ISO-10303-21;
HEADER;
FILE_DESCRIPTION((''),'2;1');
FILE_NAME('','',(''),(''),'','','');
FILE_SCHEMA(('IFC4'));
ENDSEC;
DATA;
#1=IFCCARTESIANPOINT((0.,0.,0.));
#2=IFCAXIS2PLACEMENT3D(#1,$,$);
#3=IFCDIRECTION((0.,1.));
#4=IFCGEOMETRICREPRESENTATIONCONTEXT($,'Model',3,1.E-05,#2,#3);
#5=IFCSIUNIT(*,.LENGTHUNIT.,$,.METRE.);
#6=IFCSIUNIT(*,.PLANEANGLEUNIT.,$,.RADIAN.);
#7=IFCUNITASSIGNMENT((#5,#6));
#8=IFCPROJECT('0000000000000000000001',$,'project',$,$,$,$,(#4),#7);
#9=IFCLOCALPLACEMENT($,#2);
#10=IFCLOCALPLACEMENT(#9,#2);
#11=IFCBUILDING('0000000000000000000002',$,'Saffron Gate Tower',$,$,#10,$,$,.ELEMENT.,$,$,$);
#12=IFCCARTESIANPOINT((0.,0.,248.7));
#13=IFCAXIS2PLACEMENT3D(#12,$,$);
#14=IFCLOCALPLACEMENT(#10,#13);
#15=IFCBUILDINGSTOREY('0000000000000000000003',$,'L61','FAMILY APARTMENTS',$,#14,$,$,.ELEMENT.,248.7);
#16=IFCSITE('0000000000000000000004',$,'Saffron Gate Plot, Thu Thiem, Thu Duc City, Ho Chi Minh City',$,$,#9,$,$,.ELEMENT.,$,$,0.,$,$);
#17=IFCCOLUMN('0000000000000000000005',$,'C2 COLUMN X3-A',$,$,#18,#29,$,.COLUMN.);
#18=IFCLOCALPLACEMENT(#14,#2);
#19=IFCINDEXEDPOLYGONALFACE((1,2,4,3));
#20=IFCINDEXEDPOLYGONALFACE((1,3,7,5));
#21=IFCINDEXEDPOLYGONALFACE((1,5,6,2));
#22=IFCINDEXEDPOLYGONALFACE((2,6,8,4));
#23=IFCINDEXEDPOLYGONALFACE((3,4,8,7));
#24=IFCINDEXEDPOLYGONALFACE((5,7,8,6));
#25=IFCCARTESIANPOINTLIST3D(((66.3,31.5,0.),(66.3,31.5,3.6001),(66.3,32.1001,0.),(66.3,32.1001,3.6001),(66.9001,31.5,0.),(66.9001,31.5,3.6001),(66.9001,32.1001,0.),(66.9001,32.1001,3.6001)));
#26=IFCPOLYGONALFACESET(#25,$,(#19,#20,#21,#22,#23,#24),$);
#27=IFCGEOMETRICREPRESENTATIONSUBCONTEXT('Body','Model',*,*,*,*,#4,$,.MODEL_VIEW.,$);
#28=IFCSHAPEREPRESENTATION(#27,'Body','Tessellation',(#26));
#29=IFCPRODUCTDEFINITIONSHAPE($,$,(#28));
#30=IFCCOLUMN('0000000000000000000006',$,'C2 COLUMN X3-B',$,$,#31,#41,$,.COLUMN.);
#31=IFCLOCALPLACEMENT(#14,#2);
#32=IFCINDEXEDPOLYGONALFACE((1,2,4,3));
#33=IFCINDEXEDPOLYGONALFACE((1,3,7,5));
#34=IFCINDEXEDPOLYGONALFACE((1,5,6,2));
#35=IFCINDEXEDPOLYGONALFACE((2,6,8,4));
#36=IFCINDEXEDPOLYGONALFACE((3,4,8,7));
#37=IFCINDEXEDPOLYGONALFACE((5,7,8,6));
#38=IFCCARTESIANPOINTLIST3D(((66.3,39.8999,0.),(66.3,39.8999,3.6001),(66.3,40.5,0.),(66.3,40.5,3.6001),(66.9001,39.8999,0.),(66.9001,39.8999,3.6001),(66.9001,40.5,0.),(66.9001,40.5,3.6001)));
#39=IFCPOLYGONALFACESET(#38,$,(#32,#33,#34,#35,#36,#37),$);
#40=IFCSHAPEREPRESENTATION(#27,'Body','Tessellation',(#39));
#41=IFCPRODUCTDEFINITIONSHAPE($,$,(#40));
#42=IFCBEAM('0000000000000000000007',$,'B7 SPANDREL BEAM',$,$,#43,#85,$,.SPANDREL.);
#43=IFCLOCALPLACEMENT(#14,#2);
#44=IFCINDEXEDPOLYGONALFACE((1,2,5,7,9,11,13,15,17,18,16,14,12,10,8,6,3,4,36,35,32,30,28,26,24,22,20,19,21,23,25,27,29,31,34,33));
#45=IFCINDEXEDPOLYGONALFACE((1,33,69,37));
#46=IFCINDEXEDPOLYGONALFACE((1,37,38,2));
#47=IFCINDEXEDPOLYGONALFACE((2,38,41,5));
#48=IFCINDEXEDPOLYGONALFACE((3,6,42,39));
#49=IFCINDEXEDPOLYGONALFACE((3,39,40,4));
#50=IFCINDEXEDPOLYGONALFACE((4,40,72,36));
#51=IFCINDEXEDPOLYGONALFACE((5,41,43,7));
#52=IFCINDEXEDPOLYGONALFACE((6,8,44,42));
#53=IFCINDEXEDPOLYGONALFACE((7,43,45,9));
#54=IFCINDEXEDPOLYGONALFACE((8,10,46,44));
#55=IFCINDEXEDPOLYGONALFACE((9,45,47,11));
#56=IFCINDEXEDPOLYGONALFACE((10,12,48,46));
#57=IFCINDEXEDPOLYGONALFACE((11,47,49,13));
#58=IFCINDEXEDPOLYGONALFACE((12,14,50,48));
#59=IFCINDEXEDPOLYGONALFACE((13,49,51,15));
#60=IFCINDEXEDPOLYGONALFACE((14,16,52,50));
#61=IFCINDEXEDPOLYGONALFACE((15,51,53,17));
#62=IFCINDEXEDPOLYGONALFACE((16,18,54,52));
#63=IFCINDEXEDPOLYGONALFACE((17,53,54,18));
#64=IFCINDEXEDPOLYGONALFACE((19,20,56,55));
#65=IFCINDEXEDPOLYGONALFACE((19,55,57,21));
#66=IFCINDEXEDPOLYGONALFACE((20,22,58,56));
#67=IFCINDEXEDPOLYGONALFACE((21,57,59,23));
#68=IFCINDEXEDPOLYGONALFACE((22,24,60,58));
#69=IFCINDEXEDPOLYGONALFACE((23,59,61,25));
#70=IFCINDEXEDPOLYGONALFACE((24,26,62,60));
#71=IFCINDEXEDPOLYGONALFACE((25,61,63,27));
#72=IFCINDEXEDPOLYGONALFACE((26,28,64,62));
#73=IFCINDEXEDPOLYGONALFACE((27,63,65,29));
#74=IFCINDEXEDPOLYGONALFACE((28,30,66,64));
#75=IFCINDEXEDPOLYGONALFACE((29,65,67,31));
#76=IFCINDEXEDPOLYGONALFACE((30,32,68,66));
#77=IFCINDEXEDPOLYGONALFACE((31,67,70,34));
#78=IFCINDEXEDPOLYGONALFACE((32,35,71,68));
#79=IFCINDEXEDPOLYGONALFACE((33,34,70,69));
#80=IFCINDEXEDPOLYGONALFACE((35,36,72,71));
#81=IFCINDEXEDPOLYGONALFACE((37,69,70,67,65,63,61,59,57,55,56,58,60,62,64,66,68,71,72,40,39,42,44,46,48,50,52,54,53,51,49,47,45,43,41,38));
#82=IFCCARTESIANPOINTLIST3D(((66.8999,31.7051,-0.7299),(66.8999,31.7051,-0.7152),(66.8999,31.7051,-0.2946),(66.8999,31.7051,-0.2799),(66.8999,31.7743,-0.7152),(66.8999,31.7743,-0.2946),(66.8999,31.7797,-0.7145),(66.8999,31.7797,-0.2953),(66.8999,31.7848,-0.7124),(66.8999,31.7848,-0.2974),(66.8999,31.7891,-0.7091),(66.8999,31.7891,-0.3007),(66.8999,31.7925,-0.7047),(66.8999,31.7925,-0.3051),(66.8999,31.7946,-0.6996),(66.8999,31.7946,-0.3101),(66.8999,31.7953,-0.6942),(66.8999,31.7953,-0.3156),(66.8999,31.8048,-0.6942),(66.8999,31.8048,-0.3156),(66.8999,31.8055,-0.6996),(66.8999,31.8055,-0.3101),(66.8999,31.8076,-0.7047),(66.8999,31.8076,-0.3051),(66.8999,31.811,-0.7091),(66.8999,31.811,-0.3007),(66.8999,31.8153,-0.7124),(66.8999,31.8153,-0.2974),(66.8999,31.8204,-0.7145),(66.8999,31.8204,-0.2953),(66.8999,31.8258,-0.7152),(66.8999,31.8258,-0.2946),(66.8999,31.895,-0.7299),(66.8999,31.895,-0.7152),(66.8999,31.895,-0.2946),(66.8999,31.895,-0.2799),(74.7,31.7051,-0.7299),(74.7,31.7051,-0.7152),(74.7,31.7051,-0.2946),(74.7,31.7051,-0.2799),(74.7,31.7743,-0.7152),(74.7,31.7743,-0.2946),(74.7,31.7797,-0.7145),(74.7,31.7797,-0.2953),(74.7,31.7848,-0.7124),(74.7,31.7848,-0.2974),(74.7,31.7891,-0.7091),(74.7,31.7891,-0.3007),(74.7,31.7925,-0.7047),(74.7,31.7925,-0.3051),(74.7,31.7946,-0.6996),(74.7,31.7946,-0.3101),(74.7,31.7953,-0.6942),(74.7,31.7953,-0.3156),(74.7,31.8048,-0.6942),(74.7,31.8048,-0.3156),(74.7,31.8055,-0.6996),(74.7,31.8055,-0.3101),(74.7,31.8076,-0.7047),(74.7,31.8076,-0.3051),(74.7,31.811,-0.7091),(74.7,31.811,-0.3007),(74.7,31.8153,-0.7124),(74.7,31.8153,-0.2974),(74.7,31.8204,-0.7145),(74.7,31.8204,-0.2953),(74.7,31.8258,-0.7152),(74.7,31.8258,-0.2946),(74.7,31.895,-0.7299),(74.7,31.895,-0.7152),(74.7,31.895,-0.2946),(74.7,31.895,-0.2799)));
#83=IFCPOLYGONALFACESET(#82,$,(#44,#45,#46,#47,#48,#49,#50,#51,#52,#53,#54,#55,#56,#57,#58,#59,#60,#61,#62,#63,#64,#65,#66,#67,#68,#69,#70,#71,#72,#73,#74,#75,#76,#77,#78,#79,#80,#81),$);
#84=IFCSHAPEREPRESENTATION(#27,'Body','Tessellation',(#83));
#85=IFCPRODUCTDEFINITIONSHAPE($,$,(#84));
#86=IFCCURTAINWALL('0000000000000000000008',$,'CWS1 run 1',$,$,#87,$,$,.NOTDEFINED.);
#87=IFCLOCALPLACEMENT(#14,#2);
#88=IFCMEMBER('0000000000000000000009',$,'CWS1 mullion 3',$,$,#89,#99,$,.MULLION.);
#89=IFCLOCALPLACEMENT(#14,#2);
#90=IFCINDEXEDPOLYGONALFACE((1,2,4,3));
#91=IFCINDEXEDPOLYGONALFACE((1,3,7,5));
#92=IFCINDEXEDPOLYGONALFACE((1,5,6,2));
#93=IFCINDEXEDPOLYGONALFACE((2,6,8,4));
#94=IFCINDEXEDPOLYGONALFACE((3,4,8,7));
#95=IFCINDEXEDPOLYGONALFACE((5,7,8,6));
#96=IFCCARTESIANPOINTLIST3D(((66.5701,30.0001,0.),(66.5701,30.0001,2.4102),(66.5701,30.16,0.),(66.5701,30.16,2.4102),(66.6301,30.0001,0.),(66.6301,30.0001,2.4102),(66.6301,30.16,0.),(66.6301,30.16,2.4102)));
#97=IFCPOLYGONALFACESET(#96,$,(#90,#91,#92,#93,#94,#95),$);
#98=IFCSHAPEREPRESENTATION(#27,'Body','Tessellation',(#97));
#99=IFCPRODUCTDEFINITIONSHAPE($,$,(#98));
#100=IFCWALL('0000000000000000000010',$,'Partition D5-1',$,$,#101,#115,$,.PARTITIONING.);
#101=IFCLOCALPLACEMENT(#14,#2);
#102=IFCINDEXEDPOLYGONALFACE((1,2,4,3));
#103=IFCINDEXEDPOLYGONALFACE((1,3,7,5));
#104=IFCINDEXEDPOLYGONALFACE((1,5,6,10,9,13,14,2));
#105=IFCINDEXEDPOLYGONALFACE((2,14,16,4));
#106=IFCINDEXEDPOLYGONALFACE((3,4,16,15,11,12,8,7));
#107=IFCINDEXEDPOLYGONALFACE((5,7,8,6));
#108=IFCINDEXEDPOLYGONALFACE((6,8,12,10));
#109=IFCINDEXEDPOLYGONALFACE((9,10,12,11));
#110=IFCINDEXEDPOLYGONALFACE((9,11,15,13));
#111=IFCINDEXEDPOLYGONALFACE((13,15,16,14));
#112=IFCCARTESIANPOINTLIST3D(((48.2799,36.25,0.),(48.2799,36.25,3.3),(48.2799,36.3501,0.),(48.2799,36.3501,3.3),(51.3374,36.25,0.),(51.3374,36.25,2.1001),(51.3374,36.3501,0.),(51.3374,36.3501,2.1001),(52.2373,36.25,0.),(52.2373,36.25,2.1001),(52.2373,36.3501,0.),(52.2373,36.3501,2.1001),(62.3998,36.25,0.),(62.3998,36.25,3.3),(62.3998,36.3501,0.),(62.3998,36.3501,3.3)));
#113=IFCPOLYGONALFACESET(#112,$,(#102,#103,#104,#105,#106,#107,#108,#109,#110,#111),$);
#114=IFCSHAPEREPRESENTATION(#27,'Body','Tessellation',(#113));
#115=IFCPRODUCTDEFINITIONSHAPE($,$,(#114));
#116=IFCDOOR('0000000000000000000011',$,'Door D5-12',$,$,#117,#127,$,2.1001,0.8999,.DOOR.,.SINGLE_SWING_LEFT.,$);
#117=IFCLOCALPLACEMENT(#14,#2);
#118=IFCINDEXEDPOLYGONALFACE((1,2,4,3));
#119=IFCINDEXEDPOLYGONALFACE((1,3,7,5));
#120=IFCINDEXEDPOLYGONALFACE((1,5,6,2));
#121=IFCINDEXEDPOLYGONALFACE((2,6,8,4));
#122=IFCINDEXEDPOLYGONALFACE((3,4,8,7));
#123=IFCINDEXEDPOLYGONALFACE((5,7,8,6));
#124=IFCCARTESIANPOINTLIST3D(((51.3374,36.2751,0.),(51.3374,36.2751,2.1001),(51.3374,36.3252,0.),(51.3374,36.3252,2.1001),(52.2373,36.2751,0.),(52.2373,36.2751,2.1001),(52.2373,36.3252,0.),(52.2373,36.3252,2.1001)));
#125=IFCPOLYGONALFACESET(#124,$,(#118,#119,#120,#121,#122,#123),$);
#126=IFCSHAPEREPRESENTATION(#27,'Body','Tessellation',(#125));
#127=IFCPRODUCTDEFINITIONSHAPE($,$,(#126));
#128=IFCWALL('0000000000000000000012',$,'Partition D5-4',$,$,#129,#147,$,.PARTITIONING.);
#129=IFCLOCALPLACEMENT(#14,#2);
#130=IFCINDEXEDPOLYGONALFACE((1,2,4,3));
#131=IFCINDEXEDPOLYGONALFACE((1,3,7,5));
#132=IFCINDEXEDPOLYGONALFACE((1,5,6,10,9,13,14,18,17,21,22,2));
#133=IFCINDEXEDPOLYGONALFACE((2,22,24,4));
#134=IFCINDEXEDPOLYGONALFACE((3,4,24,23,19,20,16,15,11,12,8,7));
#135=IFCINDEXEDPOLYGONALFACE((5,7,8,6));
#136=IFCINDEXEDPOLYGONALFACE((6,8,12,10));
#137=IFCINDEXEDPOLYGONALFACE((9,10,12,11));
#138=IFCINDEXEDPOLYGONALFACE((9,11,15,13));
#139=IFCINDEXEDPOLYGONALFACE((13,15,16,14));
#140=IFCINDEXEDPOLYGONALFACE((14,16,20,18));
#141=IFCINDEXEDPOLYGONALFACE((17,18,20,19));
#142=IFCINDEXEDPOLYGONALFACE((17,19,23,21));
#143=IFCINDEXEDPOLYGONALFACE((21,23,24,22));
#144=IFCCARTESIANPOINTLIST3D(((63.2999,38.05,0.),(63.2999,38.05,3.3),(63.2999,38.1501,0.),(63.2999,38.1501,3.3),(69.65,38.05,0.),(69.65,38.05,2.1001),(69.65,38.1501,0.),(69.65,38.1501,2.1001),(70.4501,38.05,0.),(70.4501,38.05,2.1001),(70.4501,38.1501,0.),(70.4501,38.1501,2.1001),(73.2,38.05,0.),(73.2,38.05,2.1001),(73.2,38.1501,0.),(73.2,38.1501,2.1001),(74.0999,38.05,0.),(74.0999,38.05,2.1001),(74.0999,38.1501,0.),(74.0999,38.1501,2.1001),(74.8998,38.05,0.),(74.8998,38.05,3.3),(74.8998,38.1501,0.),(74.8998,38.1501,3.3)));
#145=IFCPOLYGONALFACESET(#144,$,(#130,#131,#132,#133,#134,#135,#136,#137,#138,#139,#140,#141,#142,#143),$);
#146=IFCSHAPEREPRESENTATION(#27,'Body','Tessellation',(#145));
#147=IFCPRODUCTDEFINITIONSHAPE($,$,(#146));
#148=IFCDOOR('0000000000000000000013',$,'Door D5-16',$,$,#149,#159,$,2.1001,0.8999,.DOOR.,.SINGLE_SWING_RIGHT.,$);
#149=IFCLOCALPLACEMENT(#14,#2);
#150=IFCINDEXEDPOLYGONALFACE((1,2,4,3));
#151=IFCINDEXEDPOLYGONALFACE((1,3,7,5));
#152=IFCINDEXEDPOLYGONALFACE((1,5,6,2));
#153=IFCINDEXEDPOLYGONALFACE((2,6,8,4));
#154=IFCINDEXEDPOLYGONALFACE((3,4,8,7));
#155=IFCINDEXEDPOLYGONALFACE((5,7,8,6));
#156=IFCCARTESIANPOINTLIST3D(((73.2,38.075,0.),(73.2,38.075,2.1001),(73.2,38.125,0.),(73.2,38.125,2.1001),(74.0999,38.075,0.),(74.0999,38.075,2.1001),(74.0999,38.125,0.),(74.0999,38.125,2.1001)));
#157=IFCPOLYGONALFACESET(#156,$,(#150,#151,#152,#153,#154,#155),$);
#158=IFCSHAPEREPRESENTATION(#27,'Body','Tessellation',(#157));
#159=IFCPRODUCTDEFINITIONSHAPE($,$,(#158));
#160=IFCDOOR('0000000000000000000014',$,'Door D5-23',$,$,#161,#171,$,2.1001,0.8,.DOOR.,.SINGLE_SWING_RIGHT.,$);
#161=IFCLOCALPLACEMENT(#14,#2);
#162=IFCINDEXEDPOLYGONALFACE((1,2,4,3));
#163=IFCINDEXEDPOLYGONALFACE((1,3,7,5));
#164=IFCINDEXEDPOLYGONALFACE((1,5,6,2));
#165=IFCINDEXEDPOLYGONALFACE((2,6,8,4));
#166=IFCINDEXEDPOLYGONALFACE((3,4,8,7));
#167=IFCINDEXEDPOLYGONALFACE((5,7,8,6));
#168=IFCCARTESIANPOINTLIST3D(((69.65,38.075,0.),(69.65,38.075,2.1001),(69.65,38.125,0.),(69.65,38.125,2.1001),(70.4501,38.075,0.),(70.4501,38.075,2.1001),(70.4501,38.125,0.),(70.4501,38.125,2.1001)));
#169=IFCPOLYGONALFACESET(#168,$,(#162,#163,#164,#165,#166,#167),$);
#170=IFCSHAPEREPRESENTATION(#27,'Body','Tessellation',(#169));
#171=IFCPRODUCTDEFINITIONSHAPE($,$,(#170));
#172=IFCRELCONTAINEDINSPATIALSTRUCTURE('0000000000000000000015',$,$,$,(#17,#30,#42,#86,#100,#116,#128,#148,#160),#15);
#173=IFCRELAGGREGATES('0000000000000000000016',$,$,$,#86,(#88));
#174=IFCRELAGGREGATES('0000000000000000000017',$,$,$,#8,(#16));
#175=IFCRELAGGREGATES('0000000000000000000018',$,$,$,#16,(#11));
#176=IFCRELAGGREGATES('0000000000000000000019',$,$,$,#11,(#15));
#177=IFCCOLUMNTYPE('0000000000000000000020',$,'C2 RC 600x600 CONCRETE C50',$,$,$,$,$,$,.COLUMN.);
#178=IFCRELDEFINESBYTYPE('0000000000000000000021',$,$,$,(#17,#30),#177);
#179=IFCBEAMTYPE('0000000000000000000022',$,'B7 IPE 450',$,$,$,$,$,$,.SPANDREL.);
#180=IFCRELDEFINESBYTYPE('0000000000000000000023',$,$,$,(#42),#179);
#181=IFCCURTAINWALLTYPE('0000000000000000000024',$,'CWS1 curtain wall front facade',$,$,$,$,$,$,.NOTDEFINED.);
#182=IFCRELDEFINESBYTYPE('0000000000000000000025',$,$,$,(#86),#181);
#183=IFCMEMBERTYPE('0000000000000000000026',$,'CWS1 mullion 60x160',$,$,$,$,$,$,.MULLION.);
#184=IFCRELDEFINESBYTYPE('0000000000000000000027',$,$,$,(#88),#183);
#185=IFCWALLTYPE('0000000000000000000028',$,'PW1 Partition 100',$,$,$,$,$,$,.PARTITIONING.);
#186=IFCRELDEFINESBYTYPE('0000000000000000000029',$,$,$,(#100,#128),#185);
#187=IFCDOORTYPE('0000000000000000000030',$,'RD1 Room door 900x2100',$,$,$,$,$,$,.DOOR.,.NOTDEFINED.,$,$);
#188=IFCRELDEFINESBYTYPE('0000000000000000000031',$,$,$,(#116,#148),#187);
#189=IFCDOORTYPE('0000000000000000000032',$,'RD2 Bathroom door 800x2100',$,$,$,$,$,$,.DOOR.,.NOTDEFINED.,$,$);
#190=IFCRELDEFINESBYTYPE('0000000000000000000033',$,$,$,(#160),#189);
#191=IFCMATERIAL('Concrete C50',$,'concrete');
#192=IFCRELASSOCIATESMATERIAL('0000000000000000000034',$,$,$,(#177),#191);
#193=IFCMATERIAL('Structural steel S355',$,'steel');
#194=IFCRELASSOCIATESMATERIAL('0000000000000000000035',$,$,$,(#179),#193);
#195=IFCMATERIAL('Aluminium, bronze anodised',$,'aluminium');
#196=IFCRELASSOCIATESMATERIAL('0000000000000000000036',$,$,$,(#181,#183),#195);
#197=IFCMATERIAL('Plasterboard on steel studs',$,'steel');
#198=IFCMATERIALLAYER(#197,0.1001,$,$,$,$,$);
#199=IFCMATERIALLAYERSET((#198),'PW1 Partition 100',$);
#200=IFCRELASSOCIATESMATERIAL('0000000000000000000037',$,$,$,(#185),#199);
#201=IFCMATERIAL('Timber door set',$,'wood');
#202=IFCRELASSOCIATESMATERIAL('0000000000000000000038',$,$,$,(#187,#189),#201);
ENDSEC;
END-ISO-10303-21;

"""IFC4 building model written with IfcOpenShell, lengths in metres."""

from ifc_helpers import new_model, si_unit, direction, frame, frame_2d, origin, origin_2d, place, context, subcontext, project, spatial, rectangle, i_section, extrude, material, layer, layer_set, material_profile, profile_set, type_object, element, fill, aggregate, save


model = new_model("IFC4")

# Units and contexts
model_context = context("Model", 3, precision=1e-05, world=origin(), true_north=direction((0.0, 1.0)))
body_context = subcontext(model_context, "Body", "Model", "MODEL_VIEW")
ifc_project = project(units=[si_unit("LENGTHUNIT", "METRE"), si_unit("PLANEANGLEUNIT", "RADIAN")], contexts=[model_context])

# Site, building, storey
site_placement = place(None, origin())
site = spatial("IfcSite", under=ifc_project, at=site_placement, Name="Saffron Gate Plot, Thu Thiem, Thu Duc City, Ho Chi Minh City", CompositionType="ELEMENT", RefElevation=0.0)
building_placement = place(site_placement, origin())
building = spatial("IfcBuilding", under=site, at=building_placement, Name="Saffron Gate Tower", CompositionType="ELEMENT")
storey_placement = place(building_placement, frame((0.0, 0.0, 248.7)))
storey = spatial("IfcBuildingStorey", under=building, at=storey_placement, Name="L61", Description="FAMILY APARTMENTS", CompositionType="ELEMENT", Elevation=248.7)

# Columns
ifc_material_1 = material(Name="Concrete C50", Category="concrete")
ifc_material_profile_1 = material_profile(ifc_material_1, rectangle(XDim=0.6001, YDim=0.6001, at=origin_2d()))
ifc_profile_set_1 = profile_set([ifc_material_profile_1], Name="Concrete C50")
column_type = type_object("IfcColumnType", Name="C2 RC 600x600 CONCRETE C50", PredefinedType="COLUMN", material=ifc_profile_set_1)
for number, where, z_axis, x_axis, name in (
    (1, (66.6001, 31.8, 0.0), (0.0, 0.0, 1.0), (1.0, 0.0, 0.0), "C2 COLUMN X3-A"),
    (2, (66.6001, 40.2, 0.0), (0.0, 0.0, 1.0), (1.0, 0.0, 0.0), "C2 COLUMN X3-B"),
):
    element("IfcColumn", number, at=place(storey_placement, frame(where, z_axis=z_axis, x_axis=x_axis)), inside=storey, type_object=column_type, Name=name, PredefinedType="COLUMN", context=body_context, shape_type="SweptSolid", body=[
        extrude(rectangle(XDim=0.6001, YDim=0.6001, at=origin_2d()), origin(), (0.0, 0.0, 1.0), 3.6001),
    ])

# Beam
ifc_material_2 = material(Name="Structural steel S355", Category="steel")
ifc_material_profile_2 = material_profile(ifc_material_2, i_section(OverallWidth=0.1899, OverallDepth=0.45, WebThickness=0.0095, FlangeThickness=0.0146, FilletRadius=0.021, at=origin_2d()))
ifc_profile_set_2 = profile_set([ifc_material_profile_2], Name="Structural steel S355")
beam_type = type_object("IfcBeamType", Name="B7 IPE 450", PredefinedType="SPANDREL", material=ifc_profile_set_2)
beam_placement = place(storey_placement, frame((66.8999, 31.8, -0.5049), z_axis=(1.0, 0.0, 0.0), x_axis=(0.0, 1.0, 0.0)))
element("IfcBeam", 3, at=beam_placement, inside=storey, type_object=beam_type, Name="B7 SPANDREL BEAM", PredefinedType="SPANDREL", context=body_context, shape_type="SweptSolid", body=[
    extrude(i_section(OverallWidth=0.1899, OverallDepth=0.45, WebThickness=0.0095, FlangeThickness=0.0146, FilletRadius=0.021, at=origin_2d()), origin(), (0.0, 0.0, 1.0), 7.8),
])

# Curtain wall, member
ifc_material_3 = material(Name="Aluminium, bronze anodised", Category="aluminium")
curtain_wall_type = type_object("IfcCurtainWallType", Name="CWS1 curtain wall front facade", PredefinedType="NOTDEFINED", material=ifc_material_3)
curtain_wall_placement = place(storey_placement, origin())
curtain_wall = element("IfcCurtainWall", 4, at=curtain_wall_placement, inside=storey, type_object=curtain_wall_type, Name="CWS1 run 1", PredefinedType="NOTDEFINED")
ifc_material_profile_3 = material_profile(ifc_material_3, rectangle(XDim=0.1599, YDim=0.0601, at=origin_2d()))
ifc_profile_set_3 = profile_set([ifc_material_profile_3], Name="Aluminium, bronze anodised")
member_type = type_object("IfcMemberType", Name="CWS1 mullion 60x160", PredefinedType="MULLION", material=ifc_profile_set_3)
member_placement = place(storey_placement, frame((66.6001, 30.0801, 0.0), z_axis=(0.0, 0.0, 1.0), x_axis=(0.0, 1.0, 0.0)))
member = element("IfcMember", 5, at=member_placement, type_object=member_type, Name="CWS1 mullion 3", PredefinedType="MULLION", context=body_context, shape_type="SweptSolid", body=[
    extrude(rectangle(XDim=0.1599, YDim=0.0601, at=origin_2d()), origin(), (0.0, 0.0, 1.0), 2.4102),
])
aggregate(curtain_wall, [member])

# Wall, opening, door
ifc_material_4 = material(Name="Plasterboard on steel studs", Category="steel")
ifc_layer = layer(ifc_material_4, 0.1001)
ifc_layer_set = layer_set([ifc_layer], Name="PW1 Partition 100")
wall_type = type_object("IfcWallType", Name="PW1 Partition 100", PredefinedType="PARTITIONING", material=ifc_layer_set)
wall_1_placement = place(storey_placement, frame((62.3999, 36.3, 0.0), z_axis=(0.0, 0.0, 1.0), x_axis=(-1.0, 0.0, 0.0)))
wall_1 = element("IfcWall", 6, at=wall_1_placement, inside=storey, type_object=wall_type, Name="Partition D5-1", PredefinedType="PARTITIONING", context=body_context, shape_type="SweptSolid", body=[
    extrude(rectangle(XDim=14.1199, YDim=0.1001, at=frame_2d((7.0601, 0.0))), origin(), (0.0, 0.0, 1.0), 3.3),
])
opening_1_placement = place(wall_1_placement, frame((10.1626, 0.0, 0.0)))
opening_1 = element("IfcOpeningElement", 7, at=opening_1_placement, cuts=wall_1, PredefinedType="OPENING", context=body_context, shape_type="SweptSolid", body=[
    extrude(rectangle(XDim=0.8999, YDim=2.1001, at=frame_2d((0.45, 1.05))), frame((0.0, 0.0601, 0.0), z_axis=(0.0, -1.0, 0.0), x_axis=(1.0, 0.0, 0.0)), (0.0, 0.0, 1.0), 0.1201),
])
ifc_material_5 = material(Name="Timber door set", Category="wood")
door_type_1 = type_object("IfcDoorType", Name="RD1 Room door 900x2100", OperationType="NOTDEFINED", PredefinedType="DOOR", material=ifc_material_5)
door_1_placement = place(opening_1_placement, origin())
door_1 = element("IfcDoor", 8, at=door_1_placement, inside=storey, type_object=door_type_1, Name="Door D5-12", OperationType="SINGLE_SWING_LEFT", OverallHeight=2.1001, OverallWidth=0.8999, PredefinedType="DOOR", context=body_context, shape_type="SweptSolid", body=[
    extrude(rectangle(XDim=0.8999, YDim=2.1001, at=frame_2d((0.45, 1.05))), frame((0.0, 0.0249, 0.0), z_axis=(0.0, -1.0, 0.0), x_axis=(1.0, 0.0, 0.0)), (0.0, 0.0, 1.0), 0.05),
])
fill(opening_1, door_1)

# Wall, openings, doors
wall_2_placement = place(storey_placement, frame((63.3, 38.1001, 0.0), z_axis=(0.0, 0.0, 1.0), x_axis=(1.0, 0.0, 0.0)))
wall_2 = element("IfcWall", 9, at=wall_2_placement, inside=storey, type_object=wall_type, Name="Partition D5-4", PredefinedType="PARTITIONING", context=body_context, shape_type="SweptSolid", body=[
    extrude(rectangle(XDim=11.5999, YDim=0.1001, at=frame_2d((5.7998, 0.0))), origin(), (0.0, 0.0, 1.0), 3.3),
])
opening_2_placement = place(wall_2_placement, frame((6.3501, 0.0, 0.0)))
opening_2 = element("IfcOpeningElement", 10, at=opening_2_placement, cuts=wall_2, PredefinedType="OPENING", context=body_context, shape_type="SweptSolid", body=[
    extrude(rectangle(XDim=0.8, YDim=2.1001, at=frame_2d((0.3999, 1.05))), frame((0.0, 0.0601, 0.0), z_axis=(0.0, -1.0, 0.0), x_axis=(1.0, 0.0, 0.0)), (0.0, 0.0, 1.0), 0.1201),
])
opening_3_placement = place(wall_2_placement, frame((9.8999, 0.0, 0.0)))
opening_3 = element("IfcOpeningElement", 11, at=opening_3_placement, cuts=wall_2, PredefinedType="OPENING", context=body_context, shape_type="SweptSolid", body=[
    extrude(rectangle(XDim=0.8999, YDim=2.1001, at=frame_2d((0.45, 1.05))), frame((0.0, 0.0601, 0.0), z_axis=(0.0, -1.0, 0.0), x_axis=(1.0, 0.0, 0.0)), (0.0, 0.0, 1.0), 0.1201),
])
door_2_placement = place(opening_3_placement, origin())
door_2 = element("IfcDoor", 12, at=door_2_placement, inside=storey, type_object=door_type_1, Name="Door D5-16", OperationType="SINGLE_SWING_RIGHT", OverallHeight=2.1001, OverallWidth=0.8999, PredefinedType="DOOR", context=body_context, shape_type="SweptSolid", body=[
    extrude(rectangle(XDim=0.8999, YDim=2.1001, at=frame_2d((0.45, 1.05))), frame((0.0, 0.0249, 0.0), z_axis=(0.0, -1.0, 0.0), x_axis=(1.0, 0.0, 0.0)), (0.0, 0.0, 1.0), 0.05),
])
fill(opening_3, door_2)
door_type_2 = type_object("IfcDoorType", Name="RD2 Bathroom door 800x2100", OperationType="NOTDEFINED", PredefinedType="DOOR", material=ifc_material_5)
door_3_placement = place(opening_2_placement, origin())
door_3 = element("IfcDoor", 13, at=door_3_placement, inside=storey, type_object=door_type_2, Name="Door D5-23", OperationType="SINGLE_SWING_RIGHT", OverallHeight=2.1001, OverallWidth=0.8, PredefinedType="DOOR", context=body_context, shape_type="SweptSolid", body=[
    extrude(rectangle(XDim=0.8, YDim=2.1001, at=frame_2d((0.3999, 1.05))), frame((0.0, 0.0249, 0.0), z_axis=(0.0, -1.0, 0.0), x_axis=(1.0, 0.0, 0.0)), (0.0, 0.0, 1.0), 0.05),
])
fill(opening_2, door_3)

save(model, "model.ifc")
